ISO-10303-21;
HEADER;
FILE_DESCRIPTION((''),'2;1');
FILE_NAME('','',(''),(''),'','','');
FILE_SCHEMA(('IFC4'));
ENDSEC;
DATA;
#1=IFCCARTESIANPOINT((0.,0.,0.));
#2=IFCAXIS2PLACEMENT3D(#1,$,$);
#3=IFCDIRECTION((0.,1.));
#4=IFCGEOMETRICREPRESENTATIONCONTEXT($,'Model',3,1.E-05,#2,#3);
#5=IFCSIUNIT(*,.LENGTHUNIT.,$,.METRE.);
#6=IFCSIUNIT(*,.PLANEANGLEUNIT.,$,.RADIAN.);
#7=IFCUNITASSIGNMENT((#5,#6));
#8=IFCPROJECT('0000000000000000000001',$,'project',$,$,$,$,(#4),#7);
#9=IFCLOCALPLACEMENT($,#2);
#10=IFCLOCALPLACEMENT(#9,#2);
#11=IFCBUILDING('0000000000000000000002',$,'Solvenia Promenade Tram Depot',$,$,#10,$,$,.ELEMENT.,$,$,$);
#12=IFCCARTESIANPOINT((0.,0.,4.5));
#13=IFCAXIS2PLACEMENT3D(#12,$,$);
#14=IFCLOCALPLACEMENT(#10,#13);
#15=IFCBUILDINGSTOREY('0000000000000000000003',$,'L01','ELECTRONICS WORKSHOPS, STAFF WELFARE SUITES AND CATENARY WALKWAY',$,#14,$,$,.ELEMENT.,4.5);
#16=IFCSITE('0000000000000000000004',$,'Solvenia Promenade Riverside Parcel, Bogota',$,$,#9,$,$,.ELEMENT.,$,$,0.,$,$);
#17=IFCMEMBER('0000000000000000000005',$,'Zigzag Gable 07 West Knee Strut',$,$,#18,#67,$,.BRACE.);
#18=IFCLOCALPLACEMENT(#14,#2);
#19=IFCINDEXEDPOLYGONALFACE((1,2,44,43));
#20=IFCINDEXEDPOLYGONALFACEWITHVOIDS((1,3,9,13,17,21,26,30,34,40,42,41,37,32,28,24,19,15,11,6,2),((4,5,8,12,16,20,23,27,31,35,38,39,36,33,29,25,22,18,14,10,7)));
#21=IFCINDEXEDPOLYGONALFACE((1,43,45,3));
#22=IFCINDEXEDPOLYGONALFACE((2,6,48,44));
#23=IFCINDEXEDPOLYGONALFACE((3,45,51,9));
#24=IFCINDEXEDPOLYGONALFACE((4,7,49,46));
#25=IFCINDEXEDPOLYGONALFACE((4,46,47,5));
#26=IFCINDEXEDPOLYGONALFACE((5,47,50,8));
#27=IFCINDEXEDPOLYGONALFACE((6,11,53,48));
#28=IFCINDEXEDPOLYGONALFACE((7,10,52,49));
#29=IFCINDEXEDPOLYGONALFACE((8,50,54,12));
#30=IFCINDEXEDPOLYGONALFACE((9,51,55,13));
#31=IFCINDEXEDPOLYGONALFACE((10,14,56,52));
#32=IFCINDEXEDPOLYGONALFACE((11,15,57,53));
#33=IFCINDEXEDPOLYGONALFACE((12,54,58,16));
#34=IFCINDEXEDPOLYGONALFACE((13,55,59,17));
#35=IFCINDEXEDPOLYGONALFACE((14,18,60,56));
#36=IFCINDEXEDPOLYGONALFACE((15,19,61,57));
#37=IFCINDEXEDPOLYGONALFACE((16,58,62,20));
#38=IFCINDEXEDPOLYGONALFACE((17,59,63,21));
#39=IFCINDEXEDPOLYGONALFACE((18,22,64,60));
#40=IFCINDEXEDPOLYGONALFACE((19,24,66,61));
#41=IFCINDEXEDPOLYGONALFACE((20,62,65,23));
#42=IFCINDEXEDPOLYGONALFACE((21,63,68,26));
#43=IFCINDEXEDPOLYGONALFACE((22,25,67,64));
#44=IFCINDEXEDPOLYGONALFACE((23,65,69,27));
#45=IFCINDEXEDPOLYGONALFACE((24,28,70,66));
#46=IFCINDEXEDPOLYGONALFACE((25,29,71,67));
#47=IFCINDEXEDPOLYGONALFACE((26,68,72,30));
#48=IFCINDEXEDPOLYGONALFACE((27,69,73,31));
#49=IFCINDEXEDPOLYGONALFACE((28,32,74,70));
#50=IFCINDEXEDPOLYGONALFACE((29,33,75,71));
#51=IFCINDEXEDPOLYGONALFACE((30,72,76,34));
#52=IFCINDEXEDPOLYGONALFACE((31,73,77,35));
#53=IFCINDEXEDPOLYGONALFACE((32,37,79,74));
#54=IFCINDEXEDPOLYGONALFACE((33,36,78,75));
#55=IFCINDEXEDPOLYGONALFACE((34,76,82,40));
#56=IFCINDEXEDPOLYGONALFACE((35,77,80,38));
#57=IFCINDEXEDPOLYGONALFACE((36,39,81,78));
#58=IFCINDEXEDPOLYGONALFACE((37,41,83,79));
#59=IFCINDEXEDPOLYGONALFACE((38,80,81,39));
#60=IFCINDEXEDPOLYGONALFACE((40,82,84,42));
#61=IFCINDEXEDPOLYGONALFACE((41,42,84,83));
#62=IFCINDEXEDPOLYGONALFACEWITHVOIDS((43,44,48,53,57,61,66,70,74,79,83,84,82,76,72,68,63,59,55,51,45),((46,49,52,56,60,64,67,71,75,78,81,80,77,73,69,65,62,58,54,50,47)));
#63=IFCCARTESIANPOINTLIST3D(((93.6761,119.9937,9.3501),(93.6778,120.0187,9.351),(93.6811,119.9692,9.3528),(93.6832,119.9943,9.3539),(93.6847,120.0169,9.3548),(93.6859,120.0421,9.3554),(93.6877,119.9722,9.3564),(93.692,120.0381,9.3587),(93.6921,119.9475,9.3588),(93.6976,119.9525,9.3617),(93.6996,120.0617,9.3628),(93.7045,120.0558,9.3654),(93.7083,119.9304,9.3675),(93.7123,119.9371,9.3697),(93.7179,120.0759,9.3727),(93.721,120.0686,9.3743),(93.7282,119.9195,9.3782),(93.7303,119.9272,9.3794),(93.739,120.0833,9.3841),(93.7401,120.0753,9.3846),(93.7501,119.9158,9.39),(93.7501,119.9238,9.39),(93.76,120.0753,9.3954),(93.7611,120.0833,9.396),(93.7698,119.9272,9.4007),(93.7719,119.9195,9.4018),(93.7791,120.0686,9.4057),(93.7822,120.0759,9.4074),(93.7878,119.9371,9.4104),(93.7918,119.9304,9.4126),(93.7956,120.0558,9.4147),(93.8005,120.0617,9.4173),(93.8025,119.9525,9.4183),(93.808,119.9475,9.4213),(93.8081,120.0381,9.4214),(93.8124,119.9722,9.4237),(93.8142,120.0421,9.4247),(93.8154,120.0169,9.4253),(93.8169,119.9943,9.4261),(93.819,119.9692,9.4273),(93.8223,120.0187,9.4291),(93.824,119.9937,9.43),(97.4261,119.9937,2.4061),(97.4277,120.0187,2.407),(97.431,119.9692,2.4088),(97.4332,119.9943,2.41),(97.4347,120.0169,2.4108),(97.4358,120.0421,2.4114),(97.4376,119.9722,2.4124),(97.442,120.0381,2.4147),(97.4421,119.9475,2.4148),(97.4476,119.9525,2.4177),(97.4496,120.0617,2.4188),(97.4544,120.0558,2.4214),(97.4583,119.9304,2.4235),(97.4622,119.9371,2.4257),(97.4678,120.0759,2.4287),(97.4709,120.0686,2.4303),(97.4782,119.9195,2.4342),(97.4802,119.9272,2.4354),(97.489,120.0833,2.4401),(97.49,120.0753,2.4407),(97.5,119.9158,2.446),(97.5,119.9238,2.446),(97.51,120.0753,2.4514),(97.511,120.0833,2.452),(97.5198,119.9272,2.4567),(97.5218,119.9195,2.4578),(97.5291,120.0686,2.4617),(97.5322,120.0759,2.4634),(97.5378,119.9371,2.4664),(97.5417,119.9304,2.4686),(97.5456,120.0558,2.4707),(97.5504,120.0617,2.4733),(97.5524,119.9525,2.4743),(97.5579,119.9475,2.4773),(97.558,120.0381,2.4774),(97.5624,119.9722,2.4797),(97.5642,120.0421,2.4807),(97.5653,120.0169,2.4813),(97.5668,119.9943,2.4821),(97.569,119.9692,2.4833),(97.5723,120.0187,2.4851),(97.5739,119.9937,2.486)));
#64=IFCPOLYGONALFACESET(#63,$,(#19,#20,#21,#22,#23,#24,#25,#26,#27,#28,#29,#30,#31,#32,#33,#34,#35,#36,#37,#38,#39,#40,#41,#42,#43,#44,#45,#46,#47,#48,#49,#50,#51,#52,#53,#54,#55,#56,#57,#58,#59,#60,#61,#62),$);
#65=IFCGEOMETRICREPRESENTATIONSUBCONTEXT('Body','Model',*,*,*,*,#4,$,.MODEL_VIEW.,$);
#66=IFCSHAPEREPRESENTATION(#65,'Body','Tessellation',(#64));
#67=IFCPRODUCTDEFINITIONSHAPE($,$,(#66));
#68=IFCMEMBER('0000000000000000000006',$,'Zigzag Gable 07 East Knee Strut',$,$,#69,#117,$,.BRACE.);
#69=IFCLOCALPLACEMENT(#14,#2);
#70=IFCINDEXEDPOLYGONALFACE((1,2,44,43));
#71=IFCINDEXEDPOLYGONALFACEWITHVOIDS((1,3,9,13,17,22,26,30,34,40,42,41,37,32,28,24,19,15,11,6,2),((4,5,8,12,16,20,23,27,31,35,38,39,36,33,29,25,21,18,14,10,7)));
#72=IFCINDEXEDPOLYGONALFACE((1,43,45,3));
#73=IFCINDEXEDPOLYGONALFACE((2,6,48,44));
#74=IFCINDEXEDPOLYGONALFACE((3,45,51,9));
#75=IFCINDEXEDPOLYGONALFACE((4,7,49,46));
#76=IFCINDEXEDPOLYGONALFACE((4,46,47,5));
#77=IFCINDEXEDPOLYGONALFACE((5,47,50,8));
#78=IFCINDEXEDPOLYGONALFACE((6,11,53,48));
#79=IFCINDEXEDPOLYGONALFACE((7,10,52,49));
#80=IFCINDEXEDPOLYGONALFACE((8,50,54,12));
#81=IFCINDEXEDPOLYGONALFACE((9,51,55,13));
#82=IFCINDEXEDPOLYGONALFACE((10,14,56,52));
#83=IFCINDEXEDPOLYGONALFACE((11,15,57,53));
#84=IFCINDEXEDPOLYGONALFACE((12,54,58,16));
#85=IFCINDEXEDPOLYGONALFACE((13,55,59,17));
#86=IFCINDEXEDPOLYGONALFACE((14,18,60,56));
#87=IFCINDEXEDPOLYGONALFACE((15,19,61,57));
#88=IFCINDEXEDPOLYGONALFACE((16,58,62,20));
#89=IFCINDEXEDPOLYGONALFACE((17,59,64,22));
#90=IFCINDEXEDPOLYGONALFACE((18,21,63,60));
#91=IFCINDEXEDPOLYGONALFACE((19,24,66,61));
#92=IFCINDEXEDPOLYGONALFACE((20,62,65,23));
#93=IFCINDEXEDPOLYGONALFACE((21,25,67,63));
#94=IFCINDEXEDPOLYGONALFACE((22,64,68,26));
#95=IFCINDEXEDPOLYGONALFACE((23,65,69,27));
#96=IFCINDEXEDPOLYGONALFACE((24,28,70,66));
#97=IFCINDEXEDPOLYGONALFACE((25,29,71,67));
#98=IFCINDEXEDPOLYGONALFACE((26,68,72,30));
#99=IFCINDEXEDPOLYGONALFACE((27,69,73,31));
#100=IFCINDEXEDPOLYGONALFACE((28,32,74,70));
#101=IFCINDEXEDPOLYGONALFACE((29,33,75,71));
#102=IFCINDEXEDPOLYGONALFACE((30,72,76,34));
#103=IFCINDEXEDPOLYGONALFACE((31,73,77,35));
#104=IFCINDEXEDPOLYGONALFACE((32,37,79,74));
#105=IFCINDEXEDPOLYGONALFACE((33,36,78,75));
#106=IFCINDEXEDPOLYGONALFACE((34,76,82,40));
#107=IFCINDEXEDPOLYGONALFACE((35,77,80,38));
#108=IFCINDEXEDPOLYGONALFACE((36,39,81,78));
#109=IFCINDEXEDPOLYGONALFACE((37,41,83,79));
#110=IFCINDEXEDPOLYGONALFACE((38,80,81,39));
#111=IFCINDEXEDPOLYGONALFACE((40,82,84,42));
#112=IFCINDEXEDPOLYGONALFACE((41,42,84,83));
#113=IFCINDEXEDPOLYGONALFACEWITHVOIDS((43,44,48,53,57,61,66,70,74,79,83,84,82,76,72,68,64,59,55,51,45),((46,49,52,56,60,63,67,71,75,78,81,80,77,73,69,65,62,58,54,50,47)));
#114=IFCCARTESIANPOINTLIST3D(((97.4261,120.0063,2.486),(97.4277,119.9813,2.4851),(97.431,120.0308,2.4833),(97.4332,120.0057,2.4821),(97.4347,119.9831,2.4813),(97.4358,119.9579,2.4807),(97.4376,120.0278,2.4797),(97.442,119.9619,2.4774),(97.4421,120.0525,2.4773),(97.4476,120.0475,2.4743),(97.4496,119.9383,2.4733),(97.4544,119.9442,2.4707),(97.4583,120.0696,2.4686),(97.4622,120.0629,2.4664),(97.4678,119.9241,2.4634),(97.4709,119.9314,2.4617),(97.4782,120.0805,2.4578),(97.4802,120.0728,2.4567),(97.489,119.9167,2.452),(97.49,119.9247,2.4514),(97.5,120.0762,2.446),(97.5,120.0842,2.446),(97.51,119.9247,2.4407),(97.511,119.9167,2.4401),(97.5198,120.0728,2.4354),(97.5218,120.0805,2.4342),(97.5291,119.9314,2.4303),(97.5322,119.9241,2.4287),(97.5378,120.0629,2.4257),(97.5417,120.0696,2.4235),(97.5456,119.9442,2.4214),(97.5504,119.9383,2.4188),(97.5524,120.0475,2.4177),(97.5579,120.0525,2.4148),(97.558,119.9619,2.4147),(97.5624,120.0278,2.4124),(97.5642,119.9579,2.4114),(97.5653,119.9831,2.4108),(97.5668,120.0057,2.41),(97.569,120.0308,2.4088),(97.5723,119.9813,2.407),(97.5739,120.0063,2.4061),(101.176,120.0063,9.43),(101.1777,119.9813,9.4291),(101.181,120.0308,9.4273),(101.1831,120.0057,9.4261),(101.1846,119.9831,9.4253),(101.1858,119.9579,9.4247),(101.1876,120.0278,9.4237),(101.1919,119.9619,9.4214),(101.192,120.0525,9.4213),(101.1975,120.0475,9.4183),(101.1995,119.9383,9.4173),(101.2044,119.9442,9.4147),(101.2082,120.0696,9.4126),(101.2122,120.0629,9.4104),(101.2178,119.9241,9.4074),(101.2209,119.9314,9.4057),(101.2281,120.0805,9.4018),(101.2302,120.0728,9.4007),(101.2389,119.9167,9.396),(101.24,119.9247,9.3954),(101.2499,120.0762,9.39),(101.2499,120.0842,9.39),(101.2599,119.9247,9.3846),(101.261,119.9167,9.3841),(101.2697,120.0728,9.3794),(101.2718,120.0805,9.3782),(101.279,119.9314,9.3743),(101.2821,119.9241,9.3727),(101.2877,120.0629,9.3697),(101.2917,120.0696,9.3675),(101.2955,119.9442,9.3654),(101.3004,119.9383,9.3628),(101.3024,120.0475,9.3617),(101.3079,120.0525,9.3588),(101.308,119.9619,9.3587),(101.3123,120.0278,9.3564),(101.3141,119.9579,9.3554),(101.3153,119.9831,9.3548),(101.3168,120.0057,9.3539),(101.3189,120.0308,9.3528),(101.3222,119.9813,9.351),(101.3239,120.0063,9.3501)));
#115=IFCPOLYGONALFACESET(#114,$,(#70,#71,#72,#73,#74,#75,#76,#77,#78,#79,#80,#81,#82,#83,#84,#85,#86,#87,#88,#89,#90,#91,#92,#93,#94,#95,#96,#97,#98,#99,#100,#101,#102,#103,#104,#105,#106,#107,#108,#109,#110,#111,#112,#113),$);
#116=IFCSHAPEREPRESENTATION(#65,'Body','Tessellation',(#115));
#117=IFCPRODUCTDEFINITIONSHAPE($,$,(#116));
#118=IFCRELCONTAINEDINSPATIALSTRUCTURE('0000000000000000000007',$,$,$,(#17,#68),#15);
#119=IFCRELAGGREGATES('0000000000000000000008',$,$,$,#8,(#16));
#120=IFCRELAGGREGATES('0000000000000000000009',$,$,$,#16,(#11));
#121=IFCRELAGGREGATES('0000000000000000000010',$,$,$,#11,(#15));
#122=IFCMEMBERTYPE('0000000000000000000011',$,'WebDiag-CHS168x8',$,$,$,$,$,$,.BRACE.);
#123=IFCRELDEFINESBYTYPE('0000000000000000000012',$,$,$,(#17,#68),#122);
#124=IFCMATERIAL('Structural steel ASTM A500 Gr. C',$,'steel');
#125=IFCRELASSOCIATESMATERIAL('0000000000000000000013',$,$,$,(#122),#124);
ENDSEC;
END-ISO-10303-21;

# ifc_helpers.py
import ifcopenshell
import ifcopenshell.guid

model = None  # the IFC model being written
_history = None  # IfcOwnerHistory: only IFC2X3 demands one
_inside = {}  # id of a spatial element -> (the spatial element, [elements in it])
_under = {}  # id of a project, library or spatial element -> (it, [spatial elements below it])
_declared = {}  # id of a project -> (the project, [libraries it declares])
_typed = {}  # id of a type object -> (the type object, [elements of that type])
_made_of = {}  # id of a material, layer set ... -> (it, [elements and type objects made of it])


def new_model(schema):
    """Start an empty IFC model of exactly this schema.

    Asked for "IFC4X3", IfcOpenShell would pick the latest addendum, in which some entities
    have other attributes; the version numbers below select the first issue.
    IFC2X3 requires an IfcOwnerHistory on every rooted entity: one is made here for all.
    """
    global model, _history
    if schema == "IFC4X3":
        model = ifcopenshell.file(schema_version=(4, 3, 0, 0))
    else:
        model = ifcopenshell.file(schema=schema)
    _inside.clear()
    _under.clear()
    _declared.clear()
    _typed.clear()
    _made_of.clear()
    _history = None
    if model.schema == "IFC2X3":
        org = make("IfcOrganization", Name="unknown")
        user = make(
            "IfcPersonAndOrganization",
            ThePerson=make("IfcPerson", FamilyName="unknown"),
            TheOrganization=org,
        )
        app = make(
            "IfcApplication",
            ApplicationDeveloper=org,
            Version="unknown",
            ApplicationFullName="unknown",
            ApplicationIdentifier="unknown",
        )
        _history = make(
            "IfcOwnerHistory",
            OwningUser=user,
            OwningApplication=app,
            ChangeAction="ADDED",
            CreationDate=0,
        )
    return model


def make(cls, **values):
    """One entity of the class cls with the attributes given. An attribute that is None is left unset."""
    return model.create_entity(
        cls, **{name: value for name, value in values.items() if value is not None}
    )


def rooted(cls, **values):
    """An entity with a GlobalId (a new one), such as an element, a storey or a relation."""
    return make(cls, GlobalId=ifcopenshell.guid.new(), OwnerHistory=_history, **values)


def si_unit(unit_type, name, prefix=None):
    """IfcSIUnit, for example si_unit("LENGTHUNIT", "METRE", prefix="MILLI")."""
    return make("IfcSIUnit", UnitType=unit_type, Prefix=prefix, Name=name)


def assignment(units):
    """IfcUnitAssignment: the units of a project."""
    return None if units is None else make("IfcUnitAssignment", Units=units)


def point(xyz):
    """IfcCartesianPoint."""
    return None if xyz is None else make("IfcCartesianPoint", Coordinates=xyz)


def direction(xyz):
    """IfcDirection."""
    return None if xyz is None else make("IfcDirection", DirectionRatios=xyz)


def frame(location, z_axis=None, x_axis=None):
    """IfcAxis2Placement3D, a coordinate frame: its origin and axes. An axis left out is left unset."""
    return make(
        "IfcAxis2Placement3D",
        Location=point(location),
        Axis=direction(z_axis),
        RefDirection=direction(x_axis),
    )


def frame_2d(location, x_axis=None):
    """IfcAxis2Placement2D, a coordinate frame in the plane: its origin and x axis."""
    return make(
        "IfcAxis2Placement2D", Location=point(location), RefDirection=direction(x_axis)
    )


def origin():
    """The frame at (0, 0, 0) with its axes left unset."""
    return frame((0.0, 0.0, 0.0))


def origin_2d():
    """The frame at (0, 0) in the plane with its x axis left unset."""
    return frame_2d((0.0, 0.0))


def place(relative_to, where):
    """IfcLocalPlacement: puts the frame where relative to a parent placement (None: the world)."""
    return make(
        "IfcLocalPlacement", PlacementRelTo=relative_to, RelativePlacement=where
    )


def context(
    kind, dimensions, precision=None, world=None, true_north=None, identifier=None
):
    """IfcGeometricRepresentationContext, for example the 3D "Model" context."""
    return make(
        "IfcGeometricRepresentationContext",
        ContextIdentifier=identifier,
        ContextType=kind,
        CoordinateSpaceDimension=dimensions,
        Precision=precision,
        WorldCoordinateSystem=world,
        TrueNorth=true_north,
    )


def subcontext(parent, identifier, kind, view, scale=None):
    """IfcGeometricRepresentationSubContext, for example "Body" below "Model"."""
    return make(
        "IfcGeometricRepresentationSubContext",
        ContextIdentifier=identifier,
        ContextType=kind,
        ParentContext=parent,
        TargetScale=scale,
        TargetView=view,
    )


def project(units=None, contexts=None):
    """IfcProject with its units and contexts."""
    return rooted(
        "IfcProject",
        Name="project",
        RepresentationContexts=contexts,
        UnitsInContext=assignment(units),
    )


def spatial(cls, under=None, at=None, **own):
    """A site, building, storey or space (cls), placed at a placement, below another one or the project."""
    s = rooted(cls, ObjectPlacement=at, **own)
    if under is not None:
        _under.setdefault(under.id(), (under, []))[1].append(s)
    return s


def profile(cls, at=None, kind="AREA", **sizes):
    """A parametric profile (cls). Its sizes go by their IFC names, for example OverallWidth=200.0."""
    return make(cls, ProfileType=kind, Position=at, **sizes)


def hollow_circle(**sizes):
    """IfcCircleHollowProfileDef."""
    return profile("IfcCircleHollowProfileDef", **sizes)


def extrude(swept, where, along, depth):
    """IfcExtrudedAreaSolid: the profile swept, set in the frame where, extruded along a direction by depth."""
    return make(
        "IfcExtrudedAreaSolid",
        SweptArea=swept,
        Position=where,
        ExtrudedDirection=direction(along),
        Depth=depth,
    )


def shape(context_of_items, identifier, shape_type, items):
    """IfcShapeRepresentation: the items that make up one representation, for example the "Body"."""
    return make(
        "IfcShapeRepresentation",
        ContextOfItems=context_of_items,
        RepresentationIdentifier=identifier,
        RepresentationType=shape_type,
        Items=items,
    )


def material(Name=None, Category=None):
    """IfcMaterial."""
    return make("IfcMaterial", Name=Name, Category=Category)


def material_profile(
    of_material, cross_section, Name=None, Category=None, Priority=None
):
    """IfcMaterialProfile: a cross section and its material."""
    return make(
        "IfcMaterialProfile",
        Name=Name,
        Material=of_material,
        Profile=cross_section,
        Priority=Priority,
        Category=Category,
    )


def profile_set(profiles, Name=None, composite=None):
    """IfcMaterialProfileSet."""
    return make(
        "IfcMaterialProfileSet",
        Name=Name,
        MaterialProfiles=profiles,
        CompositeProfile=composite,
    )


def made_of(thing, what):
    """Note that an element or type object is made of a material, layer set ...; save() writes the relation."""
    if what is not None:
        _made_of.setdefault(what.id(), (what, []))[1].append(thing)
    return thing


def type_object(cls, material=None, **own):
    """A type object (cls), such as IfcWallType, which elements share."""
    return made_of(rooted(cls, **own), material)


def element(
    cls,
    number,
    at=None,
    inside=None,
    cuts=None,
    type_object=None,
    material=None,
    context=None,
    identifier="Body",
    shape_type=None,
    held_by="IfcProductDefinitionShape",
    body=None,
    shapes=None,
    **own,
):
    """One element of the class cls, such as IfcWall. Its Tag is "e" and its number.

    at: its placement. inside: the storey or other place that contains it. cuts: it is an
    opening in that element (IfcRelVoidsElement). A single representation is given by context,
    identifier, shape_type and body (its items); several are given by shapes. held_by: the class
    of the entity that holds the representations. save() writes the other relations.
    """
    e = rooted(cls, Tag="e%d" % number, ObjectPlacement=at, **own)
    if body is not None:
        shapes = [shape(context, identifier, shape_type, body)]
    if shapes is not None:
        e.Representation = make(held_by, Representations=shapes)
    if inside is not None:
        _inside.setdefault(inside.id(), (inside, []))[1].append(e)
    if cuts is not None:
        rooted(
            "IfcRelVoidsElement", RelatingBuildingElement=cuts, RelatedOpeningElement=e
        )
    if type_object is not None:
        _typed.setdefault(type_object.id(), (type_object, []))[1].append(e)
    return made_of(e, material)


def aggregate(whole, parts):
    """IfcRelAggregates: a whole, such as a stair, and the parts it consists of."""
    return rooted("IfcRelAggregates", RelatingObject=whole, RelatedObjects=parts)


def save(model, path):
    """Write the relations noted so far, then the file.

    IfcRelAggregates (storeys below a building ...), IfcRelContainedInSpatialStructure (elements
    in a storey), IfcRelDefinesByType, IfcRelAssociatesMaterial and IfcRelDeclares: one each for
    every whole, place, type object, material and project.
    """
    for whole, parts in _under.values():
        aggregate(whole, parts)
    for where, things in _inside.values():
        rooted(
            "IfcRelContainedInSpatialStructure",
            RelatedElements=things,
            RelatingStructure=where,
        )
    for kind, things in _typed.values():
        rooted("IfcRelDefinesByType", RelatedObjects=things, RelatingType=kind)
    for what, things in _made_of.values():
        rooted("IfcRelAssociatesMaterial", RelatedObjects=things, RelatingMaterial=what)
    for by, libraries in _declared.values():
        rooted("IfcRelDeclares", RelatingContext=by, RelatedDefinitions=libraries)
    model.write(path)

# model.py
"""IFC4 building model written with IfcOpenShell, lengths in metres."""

from ifc_helpers import new_model, si_unit, direction, frame, origin, origin_2d, place, context, subcontext, project, spatial, hollow_circle, extrude, material, material_profile, profile_set, type_object, element, save


model = new_model("IFC4")

# Units and contexts
model_context = context("Model", 3, precision=1e-05, world=origin(), true_north=direction((0.0, 1.0)))
body_context = subcontext(model_context, "Body", "Model", "MODEL_VIEW")
ifc_project = project(units=[si_unit("LENGTHUNIT", "METRE"), si_unit("PLANEANGLEUNIT", "RADIAN")], contexts=[model_context])

# Site, building, storey
site_placement = place(None, origin())
site = spatial("IfcSite", under=ifc_project, at=site_placement, Name="Solvenia Promenade Riverside Parcel, Bogota", CompositionType="ELEMENT", RefElevation=0.0)
building_placement = place(site_placement, origin())
building = spatial("IfcBuilding", under=site, at=building_placement, Name="Solvenia Promenade Tram Depot", CompositionType="ELEMENT")
storey_placement = place(building_placement, frame((0.0, 0.0, 4.5)))
storey = spatial("IfcBuildingStorey", under=building, at=storey_placement, Name="L01", Description="ELECTRONICS WORKSHOPS, STAFF WELFARE SUITES AND CATENARY WALKWAY", CompositionType="ELEMENT", Elevation=4.5)

# Shared definitions
ifc_material_1 = material(Name="Structural steel ASTM A500 Gr. C", Category="steel")

# Members
ifc_material_profile_1 = material_profile(ifc_material_1, hollow_circle(Radius=0.0842, WallThickness=0.0081, at=origin_2d()), Name="CHS168.3x8", Category="steel")
ifc_profile_set_1 = profile_set([ifc_material_profile_1], Name="Structural steel ASTM A500 Gr. C")
member_type_1 = type_object("IfcMemberType", Name="WebDiag-CHS168x8", PredefinedType="BRACE", material=ifc_profile_set_1)
for number, where, z_axis, x_axis, name in (
    (1, (97.5, 120.0, 2.446), (-0.475168, 0.0, 0.879895), (0.0, -1.0, 0.0), "Zigzag Gable 07 West Knee Strut"),
    (2, (97.5, 120.0, 2.446), (0.475168, 0.0, 0.879895), (0.0, 1.0, 0.0), "Zigzag Gable 07 East Knee Strut"),
):
    element("IfcMember", number, at=place(storey_placement, frame(where, z_axis=z_axis, x_axis=x_axis)), inside=storey, type_object=member_type_1, Name=name, PredefinedType="BRACE", context=body_context, shape_type="SweptSolid", body=[
        extrude(hollow_circle(Radius=0.0842, WallThickness=0.0081, at=origin_2d()), origin(), (0.0, 0.0, 1.0), 7.8918),
    ])

save(model, "model.ifc")
